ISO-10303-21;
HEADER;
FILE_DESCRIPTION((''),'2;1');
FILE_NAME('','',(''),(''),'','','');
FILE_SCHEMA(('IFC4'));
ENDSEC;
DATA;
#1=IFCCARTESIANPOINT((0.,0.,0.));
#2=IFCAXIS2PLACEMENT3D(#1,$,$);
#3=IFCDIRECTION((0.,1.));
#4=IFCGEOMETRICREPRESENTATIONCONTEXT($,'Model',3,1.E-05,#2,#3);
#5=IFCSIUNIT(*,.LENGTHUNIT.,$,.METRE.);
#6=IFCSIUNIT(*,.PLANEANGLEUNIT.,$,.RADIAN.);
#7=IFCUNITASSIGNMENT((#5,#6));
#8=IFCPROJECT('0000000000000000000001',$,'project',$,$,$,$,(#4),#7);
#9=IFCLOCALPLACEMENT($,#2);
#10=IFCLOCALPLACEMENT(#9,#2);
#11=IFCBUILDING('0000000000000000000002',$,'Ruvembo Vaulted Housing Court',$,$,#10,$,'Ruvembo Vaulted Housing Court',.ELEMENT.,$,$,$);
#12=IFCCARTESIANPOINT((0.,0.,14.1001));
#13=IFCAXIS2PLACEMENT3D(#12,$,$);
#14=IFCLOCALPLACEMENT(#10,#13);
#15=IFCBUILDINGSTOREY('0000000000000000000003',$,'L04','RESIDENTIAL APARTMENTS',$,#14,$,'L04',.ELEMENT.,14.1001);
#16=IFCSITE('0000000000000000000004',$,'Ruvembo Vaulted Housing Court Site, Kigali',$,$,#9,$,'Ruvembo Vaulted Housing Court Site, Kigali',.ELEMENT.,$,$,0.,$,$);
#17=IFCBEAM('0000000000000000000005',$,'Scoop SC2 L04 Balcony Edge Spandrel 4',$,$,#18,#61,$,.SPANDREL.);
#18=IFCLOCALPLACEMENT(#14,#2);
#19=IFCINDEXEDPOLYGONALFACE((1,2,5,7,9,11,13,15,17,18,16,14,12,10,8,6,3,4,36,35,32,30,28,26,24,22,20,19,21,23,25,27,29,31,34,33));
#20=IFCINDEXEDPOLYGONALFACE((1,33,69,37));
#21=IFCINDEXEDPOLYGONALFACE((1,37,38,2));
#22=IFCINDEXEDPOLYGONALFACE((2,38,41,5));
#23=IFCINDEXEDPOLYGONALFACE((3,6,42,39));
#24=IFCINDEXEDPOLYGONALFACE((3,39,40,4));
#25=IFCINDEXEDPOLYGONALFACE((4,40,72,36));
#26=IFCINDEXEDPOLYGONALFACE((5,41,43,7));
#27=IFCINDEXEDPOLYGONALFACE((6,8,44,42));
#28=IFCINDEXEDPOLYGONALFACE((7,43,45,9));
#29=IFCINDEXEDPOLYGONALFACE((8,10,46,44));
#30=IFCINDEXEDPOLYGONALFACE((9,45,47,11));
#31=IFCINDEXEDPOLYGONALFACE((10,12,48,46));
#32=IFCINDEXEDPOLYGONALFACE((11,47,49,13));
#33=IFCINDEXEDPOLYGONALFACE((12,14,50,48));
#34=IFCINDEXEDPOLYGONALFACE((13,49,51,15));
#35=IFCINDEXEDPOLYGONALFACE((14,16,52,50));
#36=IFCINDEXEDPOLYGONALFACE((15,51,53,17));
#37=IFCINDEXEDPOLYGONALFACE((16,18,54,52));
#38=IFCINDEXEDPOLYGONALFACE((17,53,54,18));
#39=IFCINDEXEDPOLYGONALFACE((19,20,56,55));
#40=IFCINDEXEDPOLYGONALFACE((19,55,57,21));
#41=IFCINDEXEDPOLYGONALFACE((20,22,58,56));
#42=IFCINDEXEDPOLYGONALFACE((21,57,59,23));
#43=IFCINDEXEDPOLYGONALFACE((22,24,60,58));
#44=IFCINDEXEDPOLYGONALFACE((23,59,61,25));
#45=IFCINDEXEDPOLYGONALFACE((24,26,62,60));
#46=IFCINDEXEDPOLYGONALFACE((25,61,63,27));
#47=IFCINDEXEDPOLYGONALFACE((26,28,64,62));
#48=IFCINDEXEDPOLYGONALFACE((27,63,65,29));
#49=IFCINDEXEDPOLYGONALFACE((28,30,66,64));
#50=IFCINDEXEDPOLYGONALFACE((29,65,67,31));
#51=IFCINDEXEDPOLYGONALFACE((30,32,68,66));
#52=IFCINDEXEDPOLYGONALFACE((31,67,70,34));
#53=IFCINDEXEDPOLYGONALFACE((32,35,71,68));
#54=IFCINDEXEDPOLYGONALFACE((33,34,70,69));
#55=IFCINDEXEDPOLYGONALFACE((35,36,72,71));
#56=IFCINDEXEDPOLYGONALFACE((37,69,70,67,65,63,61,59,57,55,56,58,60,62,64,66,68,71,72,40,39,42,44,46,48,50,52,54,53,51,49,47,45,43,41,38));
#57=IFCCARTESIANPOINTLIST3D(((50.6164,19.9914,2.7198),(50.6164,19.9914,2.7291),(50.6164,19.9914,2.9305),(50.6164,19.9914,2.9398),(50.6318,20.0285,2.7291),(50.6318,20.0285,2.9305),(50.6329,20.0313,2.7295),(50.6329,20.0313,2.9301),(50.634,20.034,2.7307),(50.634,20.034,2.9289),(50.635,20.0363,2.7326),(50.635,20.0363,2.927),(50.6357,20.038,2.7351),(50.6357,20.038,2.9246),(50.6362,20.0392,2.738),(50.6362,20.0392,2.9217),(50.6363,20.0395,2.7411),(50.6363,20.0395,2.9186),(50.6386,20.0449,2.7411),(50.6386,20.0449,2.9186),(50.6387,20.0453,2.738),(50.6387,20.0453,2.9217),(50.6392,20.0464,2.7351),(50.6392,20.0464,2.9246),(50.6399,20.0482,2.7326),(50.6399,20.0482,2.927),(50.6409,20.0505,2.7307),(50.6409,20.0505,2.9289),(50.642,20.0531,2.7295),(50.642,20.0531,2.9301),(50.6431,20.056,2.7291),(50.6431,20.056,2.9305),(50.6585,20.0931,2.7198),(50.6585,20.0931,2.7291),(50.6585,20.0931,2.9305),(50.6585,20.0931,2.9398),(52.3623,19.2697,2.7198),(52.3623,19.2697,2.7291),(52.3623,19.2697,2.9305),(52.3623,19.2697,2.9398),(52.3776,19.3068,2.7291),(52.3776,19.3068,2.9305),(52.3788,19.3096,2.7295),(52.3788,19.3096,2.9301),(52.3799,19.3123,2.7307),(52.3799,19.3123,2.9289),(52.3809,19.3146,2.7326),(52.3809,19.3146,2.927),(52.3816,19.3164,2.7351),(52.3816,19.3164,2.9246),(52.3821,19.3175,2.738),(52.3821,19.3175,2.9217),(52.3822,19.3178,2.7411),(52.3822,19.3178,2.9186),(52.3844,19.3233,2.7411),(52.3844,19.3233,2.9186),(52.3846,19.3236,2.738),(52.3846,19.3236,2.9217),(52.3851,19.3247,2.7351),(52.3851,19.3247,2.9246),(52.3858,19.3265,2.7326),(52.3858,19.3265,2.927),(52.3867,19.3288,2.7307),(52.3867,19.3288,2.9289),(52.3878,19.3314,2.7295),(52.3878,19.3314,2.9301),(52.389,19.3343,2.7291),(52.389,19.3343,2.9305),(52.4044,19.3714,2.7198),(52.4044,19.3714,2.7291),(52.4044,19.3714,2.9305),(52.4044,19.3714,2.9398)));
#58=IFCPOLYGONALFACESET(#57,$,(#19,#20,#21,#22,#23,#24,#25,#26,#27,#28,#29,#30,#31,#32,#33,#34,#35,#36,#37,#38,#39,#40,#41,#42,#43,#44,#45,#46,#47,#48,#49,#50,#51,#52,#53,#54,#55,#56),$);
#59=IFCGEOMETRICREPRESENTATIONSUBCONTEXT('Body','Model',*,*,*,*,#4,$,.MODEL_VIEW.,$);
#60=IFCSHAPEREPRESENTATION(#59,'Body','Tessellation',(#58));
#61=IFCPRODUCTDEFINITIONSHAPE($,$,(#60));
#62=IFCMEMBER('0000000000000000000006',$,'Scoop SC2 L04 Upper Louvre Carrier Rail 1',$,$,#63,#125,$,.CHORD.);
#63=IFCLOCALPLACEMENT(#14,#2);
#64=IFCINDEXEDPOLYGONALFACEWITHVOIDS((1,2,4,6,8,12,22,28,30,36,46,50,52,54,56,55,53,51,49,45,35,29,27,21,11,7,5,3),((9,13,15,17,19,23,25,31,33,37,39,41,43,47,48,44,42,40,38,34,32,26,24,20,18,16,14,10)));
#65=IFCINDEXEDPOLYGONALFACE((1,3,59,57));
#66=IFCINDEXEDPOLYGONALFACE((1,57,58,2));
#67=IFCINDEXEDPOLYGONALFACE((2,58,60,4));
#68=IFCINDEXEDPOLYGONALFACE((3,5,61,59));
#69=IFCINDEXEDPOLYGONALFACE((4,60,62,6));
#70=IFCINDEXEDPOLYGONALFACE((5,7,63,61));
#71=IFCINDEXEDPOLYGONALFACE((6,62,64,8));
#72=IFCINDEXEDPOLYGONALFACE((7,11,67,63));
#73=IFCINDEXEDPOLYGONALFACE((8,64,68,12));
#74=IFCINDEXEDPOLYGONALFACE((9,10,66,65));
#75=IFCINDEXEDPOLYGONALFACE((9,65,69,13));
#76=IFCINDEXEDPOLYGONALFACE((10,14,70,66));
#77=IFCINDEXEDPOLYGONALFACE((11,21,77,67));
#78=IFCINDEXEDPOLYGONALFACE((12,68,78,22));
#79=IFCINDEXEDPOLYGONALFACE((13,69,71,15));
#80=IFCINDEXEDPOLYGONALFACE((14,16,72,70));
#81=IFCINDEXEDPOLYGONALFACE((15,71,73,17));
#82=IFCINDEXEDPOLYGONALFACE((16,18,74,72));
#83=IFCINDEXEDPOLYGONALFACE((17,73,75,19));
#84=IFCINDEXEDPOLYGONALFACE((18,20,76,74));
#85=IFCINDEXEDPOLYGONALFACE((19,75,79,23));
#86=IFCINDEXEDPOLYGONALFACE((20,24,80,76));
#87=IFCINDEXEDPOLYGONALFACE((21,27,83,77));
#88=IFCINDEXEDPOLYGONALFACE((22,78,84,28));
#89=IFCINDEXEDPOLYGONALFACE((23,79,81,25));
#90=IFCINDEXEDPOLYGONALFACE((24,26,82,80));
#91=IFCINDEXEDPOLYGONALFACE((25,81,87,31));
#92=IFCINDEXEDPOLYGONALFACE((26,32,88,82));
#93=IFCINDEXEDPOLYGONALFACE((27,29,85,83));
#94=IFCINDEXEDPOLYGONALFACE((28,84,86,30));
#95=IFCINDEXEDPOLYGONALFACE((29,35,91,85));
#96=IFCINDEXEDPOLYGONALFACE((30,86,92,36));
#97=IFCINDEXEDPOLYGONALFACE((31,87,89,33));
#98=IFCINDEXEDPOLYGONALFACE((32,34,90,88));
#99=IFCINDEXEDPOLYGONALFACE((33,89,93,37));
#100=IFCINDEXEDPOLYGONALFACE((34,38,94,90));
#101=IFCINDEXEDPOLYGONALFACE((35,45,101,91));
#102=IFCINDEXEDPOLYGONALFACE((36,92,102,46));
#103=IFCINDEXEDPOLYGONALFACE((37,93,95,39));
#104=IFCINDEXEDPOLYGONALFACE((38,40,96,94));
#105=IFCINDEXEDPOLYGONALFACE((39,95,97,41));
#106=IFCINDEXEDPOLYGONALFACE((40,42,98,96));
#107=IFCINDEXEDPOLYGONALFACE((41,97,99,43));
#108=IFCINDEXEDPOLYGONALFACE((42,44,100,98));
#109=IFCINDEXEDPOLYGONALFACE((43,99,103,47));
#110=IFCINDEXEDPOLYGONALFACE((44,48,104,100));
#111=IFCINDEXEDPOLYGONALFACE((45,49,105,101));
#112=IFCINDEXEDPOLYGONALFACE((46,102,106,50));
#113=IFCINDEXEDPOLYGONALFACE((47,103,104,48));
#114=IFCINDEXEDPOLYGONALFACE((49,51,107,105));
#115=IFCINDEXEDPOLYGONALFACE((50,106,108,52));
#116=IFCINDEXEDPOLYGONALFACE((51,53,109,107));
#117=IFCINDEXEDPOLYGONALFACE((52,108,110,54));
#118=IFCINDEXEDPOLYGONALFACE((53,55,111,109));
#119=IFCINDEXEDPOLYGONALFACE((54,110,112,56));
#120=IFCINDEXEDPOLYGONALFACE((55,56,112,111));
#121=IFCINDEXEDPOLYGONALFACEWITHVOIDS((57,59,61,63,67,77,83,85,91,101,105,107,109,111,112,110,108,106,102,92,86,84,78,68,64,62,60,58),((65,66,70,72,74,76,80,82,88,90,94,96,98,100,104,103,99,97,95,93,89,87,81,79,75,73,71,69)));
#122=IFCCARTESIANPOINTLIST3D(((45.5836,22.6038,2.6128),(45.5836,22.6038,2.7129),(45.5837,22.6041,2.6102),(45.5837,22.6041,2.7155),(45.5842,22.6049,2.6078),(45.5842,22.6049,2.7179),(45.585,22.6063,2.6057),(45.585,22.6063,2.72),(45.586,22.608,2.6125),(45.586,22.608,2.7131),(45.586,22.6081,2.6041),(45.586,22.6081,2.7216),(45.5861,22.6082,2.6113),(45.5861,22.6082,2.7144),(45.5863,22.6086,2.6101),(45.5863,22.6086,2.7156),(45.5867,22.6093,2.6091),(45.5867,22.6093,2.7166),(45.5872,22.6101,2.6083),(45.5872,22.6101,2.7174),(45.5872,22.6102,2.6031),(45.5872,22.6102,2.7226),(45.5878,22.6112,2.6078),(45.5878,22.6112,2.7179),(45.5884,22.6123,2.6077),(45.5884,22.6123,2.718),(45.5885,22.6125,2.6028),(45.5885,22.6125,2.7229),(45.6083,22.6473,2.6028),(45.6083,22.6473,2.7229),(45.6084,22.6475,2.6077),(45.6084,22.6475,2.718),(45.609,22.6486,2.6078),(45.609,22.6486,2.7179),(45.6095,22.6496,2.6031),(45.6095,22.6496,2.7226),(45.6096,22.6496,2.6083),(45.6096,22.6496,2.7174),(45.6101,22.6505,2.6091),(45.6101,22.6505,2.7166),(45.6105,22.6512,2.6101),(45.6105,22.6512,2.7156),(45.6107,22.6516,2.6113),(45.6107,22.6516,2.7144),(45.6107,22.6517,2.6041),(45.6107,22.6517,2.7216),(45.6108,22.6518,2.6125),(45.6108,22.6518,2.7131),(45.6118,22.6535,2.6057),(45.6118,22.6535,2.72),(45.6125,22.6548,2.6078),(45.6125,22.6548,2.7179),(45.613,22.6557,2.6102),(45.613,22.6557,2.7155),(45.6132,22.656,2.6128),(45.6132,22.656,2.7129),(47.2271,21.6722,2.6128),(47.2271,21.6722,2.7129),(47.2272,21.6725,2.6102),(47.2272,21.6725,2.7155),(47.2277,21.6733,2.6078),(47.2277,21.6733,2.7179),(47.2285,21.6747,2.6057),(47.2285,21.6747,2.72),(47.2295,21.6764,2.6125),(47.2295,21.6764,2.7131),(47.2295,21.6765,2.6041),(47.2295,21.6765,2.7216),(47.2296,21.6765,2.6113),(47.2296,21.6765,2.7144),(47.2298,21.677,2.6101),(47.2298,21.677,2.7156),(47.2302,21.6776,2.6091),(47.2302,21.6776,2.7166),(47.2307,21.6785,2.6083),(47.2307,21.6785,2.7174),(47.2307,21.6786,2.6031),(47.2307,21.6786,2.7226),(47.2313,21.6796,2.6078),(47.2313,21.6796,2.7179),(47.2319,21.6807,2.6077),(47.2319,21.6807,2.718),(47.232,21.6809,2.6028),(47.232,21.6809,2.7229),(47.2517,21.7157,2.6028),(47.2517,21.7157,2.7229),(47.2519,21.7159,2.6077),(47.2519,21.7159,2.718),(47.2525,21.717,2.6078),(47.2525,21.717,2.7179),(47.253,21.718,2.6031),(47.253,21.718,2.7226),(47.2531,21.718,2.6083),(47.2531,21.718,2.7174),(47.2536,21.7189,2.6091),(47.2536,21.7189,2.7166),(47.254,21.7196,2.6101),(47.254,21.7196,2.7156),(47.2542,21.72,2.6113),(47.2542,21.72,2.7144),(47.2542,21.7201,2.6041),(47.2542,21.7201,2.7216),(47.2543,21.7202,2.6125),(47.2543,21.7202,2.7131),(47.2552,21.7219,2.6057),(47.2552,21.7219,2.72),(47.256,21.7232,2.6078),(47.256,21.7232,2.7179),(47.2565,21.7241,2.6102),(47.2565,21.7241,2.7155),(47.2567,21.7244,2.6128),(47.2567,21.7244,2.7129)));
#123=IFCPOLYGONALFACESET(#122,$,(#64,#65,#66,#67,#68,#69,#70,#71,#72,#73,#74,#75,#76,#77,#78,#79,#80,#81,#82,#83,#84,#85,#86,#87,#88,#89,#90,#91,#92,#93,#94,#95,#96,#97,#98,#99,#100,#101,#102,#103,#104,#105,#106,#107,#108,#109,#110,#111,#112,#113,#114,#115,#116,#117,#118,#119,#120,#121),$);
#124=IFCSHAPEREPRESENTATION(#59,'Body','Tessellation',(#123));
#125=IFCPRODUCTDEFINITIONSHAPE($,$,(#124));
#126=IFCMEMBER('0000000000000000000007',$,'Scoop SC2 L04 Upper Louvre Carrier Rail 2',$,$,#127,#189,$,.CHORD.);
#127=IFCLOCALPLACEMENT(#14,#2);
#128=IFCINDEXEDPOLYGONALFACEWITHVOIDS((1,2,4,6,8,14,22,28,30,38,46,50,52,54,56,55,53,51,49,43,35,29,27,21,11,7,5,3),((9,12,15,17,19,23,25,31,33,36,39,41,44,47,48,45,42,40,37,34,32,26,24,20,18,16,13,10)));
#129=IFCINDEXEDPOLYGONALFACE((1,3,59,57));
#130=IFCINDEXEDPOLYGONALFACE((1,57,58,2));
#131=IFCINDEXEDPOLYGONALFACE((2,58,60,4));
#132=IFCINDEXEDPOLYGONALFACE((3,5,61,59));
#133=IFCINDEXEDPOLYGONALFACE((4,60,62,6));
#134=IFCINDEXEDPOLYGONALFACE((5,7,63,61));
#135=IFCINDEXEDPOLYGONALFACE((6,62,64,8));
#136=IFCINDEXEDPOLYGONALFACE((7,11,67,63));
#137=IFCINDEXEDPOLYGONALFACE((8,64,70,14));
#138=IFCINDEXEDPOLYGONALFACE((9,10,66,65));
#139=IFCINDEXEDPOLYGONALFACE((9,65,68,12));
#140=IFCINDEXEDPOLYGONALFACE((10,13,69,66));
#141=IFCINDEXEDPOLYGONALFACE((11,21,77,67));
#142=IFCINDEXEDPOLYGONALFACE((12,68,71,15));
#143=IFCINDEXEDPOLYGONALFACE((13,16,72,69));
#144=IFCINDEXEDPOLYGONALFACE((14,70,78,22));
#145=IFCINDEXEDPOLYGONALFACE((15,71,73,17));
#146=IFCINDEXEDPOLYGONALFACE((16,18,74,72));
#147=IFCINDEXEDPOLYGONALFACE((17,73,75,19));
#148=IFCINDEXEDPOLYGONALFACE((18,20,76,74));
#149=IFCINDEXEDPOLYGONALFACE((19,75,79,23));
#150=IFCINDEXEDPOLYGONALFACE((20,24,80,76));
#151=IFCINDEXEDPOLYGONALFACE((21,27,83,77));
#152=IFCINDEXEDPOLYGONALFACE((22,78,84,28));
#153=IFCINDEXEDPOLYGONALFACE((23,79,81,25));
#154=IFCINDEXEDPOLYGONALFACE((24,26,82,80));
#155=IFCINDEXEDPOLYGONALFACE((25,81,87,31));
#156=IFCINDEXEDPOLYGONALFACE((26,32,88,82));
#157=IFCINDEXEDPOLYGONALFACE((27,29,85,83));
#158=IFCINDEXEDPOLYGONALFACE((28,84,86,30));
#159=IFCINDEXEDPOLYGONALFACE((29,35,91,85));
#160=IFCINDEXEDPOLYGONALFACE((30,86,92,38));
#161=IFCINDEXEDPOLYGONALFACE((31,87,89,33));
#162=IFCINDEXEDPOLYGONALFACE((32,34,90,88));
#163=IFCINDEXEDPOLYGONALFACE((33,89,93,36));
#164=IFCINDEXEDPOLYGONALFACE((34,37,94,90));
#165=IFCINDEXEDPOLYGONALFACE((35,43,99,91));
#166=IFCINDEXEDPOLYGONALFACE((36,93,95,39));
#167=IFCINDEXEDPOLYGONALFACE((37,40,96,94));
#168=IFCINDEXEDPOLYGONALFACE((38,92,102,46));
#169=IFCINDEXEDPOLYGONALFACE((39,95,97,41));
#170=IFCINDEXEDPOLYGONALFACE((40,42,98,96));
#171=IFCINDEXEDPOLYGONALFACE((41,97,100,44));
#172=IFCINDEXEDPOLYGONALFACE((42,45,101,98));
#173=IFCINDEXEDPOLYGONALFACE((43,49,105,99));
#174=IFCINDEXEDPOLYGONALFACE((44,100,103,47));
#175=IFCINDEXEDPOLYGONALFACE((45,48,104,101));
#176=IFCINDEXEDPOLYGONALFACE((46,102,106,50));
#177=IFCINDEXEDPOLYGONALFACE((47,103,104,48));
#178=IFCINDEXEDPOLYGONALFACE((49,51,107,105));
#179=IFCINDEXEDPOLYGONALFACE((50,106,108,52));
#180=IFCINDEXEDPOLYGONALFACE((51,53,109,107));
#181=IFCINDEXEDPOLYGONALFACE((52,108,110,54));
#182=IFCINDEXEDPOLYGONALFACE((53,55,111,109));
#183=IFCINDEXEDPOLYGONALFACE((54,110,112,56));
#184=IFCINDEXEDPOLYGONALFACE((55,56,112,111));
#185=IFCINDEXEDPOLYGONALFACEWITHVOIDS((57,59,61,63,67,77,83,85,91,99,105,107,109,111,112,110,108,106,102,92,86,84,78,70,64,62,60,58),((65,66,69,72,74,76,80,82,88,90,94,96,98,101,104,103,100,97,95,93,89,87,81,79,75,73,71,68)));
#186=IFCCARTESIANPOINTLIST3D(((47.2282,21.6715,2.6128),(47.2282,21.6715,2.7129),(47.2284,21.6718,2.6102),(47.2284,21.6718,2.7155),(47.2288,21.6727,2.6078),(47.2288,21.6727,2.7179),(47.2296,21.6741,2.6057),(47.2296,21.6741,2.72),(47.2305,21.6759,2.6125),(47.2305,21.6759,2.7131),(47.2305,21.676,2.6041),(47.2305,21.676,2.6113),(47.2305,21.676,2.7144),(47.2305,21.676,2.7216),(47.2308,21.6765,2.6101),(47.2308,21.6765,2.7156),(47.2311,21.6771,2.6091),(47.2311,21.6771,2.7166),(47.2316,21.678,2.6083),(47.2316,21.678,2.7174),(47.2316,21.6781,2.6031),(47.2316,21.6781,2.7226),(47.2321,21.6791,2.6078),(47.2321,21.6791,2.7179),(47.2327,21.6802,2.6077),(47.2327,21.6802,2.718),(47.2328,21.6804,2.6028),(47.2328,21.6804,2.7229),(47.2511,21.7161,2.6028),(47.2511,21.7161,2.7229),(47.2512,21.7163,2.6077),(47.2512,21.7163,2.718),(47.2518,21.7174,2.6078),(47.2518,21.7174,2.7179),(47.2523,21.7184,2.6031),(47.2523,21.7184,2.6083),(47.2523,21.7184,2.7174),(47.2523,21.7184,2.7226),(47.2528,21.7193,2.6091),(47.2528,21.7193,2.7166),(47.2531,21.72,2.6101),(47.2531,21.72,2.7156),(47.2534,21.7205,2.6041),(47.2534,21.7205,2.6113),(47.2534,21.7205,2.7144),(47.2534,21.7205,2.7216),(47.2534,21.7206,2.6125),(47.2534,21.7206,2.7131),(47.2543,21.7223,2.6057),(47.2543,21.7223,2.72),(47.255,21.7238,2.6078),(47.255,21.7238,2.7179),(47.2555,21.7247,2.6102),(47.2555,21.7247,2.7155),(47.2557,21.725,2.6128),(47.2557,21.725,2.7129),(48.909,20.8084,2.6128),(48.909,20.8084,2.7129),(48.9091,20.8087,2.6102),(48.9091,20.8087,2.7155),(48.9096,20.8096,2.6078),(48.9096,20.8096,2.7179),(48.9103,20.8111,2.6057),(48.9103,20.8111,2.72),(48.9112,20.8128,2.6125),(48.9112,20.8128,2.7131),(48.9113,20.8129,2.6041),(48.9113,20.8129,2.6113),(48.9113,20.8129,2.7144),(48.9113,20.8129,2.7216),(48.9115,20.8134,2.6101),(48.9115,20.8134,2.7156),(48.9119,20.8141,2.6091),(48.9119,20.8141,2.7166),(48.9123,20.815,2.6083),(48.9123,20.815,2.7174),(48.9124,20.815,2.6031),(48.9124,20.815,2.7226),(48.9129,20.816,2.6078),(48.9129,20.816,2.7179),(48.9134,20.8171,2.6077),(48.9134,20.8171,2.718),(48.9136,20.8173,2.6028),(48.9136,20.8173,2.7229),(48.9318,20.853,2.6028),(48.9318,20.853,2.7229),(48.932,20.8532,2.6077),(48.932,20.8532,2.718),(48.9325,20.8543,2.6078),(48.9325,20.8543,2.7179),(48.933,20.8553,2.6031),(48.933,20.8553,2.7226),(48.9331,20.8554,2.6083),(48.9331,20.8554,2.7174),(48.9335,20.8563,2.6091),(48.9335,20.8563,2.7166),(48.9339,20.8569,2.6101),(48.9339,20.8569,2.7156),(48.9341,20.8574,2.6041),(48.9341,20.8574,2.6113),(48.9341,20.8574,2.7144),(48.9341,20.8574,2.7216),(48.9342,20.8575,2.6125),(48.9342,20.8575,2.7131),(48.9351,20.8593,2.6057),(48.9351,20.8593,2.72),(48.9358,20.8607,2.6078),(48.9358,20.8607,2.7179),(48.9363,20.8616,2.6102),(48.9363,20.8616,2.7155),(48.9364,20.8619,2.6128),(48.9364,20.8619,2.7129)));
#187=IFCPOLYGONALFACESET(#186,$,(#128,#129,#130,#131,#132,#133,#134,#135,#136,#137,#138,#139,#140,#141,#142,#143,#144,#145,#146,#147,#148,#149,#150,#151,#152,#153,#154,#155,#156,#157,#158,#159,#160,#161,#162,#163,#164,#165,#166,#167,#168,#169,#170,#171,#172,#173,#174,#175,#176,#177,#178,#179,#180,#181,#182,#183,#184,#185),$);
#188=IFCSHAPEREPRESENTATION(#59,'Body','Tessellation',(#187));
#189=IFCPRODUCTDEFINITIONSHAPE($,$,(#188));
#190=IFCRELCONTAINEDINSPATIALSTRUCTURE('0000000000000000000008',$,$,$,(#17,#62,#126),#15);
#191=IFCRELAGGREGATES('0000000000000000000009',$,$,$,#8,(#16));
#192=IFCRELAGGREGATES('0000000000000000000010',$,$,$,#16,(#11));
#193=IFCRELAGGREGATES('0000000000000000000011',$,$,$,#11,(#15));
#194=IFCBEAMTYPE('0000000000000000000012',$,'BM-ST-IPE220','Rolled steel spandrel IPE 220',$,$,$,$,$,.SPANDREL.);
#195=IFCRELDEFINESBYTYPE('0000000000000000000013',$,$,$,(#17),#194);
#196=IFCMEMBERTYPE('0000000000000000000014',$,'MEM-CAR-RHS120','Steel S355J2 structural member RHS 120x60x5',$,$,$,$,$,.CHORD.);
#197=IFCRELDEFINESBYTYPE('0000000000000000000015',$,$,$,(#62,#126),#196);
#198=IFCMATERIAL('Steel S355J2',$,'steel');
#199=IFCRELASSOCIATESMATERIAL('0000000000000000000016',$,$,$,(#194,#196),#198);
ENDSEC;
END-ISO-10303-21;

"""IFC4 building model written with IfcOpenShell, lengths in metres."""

from ifc_helpers import new_model, si_unit, direction, frame, origin, origin_2d, place, context, subcontext, project, spatial, hollow_rectangle, i_section, extrude, material, material_profile, profile_set, type_object, element, save


model = new_model("IFC4")

# Units and contexts
model_context = context("Model", 3, precision=1e-05, world=origin(), true_north=direction((0.0, 1.0)))
body_context = subcontext(model_context, "Body", "Model", "MODEL_VIEW")
ifc_project = project(units=[si_unit("LENGTHUNIT", "METRE"), si_unit("PLANEANGLEUNIT", "RADIAN")], contexts=[model_context])

# Site, building, storey
site_placement = place(None, origin())
site = spatial("IfcSite", under=ifc_project, at=site_placement, Name="Ruvembo Vaulted Housing Court Site, Kigali", LongName="Ruvembo Vaulted Housing Court Site, Kigali", CompositionType="ELEMENT", RefElevation=0.0)
building_placement = place(site_placement, origin())
building = spatial("IfcBuilding", under=site, at=building_placement, Name="Ruvembo Vaulted Housing Court", LongName="Ruvembo Vaulted Housing Court", CompositionType="ELEMENT")
storey_placement = place(building_placement, frame((0.0, 0.0, 14.1001)))
storey = spatial("IfcBuildingStorey", under=building, at=storey_placement, Name="L04", Description="RESIDENTIAL APARTMENTS", LongName="L04", CompositionType="ELEMENT", Elevation=14.1001)

# Beam
ifc_material_1 = material(Name="Steel S355J2", Category="steel")
ifc_material_profile_1 = material_profile(ifc_material_1, i_section(OverallWidth=0.1101, OverallDepth=0.22, WebThickness=0.0059, FlangeThickness=0.0093, FilletRadius=0.012, at=origin_2d()), Name="IPE 220")
ifc_profile_set_1 = profile_set([ifc_material_profile_1], Name="Steel S355J2")
beam_type = type_object("IfcBeamType", Name="BM-ST-IPE220", Description="Rolled steel spandrel IPE 220", PredefinedType="SPANDREL", material=ifc_profile_set_1)
beam_1_placement = place(storey_placement, frame((50.6375, 20.0422, 2.8298), z_axis=(0.924155, -0.382017, 0.0), x_axis=(0.382017, 0.924155, 0.0)))
element("IfcBeam", 1, at=beam_1_placement, inside=storey, type_object=beam_type, Name="Scoop SC2 L04 Balcony Edge Spandrel 4", PredefinedType="SPANDREL", context=body_context, shape_type="SweptSolid", body=[
    extrude(i_section(OverallWidth=0.1101, OverallDepth=0.22, WebThickness=0.0059, FlangeThickness=0.0093, FilletRadius=0.012, at=origin_2d()), origin(), (0.0, 0.0, 1.0), 1.8892),
])

# Members
ifc_material_profile_2 = material_profile(ifc_material_1, hollow_rectangle(XDim=0.0601, YDim=0.1201, WallThickness=0.0049, InnerFilletRadius=0.0049, OuterFilletRadius=0.01, at=origin_2d()), Name="RHS 120x60x5")
ifc_profile_set_2 = profile_set([ifc_material_profile_2], Name="Steel S355J2")
member_type_1 = type_object("IfcMemberType", Name="MEM-CAR-RHS120", Description="Steel S355J2 structural member RHS 120x60x5", PredefinedType="CHORD", material=ifc_profile_set_2)
member_1_placement = place(storey_placement, frame((45.5984, 22.6299, 2.6628), z_axis=(0.869956, -0.49313, 0.0), x_axis=(0.49313, 0.869956, 0.0)))
element("IfcMember", 2, at=member_1_placement, inside=storey, type_object=member_type_1, Name="Scoop SC2 L04 Upper Louvre Carrier Rail 1", PredefinedType="CHORD", context=body_context, shape_type="SweptSolid", body=[
    extrude(hollow_rectangle(XDim=0.0601, YDim=0.1201, WallThickness=0.0049, InnerFilletRadius=0.0049, OuterFilletRadius=0.01, at=origin_2d()), origin(), (0.0, 0.0, 1.0), 1.8892),
])
for number, where, z_axis, x_axis, name in (
    (3, (47.2419, 21.6982, 2.6628), (0.889568, -0.456802, 0.0), (0.456802, 0.889568, 0.0), "Scoop SC2 L04 Upper Louvre Carrier Rail 2"),
):
    element("IfcMember", number, at=place(storey_placement, frame(where, z_axis=z_axis, x_axis=x_axis)), inside=storey, type_object=member_type_1, Name=name, PredefinedType="CHORD", context=body_context, shape_type="SweptSolid", body=[
        extrude(hollow_rectangle(XDim=0.0601, YDim=0.1201, WallThickness=0.0049, InnerFilletRadius=0.0049, OuterFilletRadius=0.01, at=origin_2d()), origin(), (0.0, 0.0, 1.0), 1.8894),
    ])

save(model, "model.ifc")
